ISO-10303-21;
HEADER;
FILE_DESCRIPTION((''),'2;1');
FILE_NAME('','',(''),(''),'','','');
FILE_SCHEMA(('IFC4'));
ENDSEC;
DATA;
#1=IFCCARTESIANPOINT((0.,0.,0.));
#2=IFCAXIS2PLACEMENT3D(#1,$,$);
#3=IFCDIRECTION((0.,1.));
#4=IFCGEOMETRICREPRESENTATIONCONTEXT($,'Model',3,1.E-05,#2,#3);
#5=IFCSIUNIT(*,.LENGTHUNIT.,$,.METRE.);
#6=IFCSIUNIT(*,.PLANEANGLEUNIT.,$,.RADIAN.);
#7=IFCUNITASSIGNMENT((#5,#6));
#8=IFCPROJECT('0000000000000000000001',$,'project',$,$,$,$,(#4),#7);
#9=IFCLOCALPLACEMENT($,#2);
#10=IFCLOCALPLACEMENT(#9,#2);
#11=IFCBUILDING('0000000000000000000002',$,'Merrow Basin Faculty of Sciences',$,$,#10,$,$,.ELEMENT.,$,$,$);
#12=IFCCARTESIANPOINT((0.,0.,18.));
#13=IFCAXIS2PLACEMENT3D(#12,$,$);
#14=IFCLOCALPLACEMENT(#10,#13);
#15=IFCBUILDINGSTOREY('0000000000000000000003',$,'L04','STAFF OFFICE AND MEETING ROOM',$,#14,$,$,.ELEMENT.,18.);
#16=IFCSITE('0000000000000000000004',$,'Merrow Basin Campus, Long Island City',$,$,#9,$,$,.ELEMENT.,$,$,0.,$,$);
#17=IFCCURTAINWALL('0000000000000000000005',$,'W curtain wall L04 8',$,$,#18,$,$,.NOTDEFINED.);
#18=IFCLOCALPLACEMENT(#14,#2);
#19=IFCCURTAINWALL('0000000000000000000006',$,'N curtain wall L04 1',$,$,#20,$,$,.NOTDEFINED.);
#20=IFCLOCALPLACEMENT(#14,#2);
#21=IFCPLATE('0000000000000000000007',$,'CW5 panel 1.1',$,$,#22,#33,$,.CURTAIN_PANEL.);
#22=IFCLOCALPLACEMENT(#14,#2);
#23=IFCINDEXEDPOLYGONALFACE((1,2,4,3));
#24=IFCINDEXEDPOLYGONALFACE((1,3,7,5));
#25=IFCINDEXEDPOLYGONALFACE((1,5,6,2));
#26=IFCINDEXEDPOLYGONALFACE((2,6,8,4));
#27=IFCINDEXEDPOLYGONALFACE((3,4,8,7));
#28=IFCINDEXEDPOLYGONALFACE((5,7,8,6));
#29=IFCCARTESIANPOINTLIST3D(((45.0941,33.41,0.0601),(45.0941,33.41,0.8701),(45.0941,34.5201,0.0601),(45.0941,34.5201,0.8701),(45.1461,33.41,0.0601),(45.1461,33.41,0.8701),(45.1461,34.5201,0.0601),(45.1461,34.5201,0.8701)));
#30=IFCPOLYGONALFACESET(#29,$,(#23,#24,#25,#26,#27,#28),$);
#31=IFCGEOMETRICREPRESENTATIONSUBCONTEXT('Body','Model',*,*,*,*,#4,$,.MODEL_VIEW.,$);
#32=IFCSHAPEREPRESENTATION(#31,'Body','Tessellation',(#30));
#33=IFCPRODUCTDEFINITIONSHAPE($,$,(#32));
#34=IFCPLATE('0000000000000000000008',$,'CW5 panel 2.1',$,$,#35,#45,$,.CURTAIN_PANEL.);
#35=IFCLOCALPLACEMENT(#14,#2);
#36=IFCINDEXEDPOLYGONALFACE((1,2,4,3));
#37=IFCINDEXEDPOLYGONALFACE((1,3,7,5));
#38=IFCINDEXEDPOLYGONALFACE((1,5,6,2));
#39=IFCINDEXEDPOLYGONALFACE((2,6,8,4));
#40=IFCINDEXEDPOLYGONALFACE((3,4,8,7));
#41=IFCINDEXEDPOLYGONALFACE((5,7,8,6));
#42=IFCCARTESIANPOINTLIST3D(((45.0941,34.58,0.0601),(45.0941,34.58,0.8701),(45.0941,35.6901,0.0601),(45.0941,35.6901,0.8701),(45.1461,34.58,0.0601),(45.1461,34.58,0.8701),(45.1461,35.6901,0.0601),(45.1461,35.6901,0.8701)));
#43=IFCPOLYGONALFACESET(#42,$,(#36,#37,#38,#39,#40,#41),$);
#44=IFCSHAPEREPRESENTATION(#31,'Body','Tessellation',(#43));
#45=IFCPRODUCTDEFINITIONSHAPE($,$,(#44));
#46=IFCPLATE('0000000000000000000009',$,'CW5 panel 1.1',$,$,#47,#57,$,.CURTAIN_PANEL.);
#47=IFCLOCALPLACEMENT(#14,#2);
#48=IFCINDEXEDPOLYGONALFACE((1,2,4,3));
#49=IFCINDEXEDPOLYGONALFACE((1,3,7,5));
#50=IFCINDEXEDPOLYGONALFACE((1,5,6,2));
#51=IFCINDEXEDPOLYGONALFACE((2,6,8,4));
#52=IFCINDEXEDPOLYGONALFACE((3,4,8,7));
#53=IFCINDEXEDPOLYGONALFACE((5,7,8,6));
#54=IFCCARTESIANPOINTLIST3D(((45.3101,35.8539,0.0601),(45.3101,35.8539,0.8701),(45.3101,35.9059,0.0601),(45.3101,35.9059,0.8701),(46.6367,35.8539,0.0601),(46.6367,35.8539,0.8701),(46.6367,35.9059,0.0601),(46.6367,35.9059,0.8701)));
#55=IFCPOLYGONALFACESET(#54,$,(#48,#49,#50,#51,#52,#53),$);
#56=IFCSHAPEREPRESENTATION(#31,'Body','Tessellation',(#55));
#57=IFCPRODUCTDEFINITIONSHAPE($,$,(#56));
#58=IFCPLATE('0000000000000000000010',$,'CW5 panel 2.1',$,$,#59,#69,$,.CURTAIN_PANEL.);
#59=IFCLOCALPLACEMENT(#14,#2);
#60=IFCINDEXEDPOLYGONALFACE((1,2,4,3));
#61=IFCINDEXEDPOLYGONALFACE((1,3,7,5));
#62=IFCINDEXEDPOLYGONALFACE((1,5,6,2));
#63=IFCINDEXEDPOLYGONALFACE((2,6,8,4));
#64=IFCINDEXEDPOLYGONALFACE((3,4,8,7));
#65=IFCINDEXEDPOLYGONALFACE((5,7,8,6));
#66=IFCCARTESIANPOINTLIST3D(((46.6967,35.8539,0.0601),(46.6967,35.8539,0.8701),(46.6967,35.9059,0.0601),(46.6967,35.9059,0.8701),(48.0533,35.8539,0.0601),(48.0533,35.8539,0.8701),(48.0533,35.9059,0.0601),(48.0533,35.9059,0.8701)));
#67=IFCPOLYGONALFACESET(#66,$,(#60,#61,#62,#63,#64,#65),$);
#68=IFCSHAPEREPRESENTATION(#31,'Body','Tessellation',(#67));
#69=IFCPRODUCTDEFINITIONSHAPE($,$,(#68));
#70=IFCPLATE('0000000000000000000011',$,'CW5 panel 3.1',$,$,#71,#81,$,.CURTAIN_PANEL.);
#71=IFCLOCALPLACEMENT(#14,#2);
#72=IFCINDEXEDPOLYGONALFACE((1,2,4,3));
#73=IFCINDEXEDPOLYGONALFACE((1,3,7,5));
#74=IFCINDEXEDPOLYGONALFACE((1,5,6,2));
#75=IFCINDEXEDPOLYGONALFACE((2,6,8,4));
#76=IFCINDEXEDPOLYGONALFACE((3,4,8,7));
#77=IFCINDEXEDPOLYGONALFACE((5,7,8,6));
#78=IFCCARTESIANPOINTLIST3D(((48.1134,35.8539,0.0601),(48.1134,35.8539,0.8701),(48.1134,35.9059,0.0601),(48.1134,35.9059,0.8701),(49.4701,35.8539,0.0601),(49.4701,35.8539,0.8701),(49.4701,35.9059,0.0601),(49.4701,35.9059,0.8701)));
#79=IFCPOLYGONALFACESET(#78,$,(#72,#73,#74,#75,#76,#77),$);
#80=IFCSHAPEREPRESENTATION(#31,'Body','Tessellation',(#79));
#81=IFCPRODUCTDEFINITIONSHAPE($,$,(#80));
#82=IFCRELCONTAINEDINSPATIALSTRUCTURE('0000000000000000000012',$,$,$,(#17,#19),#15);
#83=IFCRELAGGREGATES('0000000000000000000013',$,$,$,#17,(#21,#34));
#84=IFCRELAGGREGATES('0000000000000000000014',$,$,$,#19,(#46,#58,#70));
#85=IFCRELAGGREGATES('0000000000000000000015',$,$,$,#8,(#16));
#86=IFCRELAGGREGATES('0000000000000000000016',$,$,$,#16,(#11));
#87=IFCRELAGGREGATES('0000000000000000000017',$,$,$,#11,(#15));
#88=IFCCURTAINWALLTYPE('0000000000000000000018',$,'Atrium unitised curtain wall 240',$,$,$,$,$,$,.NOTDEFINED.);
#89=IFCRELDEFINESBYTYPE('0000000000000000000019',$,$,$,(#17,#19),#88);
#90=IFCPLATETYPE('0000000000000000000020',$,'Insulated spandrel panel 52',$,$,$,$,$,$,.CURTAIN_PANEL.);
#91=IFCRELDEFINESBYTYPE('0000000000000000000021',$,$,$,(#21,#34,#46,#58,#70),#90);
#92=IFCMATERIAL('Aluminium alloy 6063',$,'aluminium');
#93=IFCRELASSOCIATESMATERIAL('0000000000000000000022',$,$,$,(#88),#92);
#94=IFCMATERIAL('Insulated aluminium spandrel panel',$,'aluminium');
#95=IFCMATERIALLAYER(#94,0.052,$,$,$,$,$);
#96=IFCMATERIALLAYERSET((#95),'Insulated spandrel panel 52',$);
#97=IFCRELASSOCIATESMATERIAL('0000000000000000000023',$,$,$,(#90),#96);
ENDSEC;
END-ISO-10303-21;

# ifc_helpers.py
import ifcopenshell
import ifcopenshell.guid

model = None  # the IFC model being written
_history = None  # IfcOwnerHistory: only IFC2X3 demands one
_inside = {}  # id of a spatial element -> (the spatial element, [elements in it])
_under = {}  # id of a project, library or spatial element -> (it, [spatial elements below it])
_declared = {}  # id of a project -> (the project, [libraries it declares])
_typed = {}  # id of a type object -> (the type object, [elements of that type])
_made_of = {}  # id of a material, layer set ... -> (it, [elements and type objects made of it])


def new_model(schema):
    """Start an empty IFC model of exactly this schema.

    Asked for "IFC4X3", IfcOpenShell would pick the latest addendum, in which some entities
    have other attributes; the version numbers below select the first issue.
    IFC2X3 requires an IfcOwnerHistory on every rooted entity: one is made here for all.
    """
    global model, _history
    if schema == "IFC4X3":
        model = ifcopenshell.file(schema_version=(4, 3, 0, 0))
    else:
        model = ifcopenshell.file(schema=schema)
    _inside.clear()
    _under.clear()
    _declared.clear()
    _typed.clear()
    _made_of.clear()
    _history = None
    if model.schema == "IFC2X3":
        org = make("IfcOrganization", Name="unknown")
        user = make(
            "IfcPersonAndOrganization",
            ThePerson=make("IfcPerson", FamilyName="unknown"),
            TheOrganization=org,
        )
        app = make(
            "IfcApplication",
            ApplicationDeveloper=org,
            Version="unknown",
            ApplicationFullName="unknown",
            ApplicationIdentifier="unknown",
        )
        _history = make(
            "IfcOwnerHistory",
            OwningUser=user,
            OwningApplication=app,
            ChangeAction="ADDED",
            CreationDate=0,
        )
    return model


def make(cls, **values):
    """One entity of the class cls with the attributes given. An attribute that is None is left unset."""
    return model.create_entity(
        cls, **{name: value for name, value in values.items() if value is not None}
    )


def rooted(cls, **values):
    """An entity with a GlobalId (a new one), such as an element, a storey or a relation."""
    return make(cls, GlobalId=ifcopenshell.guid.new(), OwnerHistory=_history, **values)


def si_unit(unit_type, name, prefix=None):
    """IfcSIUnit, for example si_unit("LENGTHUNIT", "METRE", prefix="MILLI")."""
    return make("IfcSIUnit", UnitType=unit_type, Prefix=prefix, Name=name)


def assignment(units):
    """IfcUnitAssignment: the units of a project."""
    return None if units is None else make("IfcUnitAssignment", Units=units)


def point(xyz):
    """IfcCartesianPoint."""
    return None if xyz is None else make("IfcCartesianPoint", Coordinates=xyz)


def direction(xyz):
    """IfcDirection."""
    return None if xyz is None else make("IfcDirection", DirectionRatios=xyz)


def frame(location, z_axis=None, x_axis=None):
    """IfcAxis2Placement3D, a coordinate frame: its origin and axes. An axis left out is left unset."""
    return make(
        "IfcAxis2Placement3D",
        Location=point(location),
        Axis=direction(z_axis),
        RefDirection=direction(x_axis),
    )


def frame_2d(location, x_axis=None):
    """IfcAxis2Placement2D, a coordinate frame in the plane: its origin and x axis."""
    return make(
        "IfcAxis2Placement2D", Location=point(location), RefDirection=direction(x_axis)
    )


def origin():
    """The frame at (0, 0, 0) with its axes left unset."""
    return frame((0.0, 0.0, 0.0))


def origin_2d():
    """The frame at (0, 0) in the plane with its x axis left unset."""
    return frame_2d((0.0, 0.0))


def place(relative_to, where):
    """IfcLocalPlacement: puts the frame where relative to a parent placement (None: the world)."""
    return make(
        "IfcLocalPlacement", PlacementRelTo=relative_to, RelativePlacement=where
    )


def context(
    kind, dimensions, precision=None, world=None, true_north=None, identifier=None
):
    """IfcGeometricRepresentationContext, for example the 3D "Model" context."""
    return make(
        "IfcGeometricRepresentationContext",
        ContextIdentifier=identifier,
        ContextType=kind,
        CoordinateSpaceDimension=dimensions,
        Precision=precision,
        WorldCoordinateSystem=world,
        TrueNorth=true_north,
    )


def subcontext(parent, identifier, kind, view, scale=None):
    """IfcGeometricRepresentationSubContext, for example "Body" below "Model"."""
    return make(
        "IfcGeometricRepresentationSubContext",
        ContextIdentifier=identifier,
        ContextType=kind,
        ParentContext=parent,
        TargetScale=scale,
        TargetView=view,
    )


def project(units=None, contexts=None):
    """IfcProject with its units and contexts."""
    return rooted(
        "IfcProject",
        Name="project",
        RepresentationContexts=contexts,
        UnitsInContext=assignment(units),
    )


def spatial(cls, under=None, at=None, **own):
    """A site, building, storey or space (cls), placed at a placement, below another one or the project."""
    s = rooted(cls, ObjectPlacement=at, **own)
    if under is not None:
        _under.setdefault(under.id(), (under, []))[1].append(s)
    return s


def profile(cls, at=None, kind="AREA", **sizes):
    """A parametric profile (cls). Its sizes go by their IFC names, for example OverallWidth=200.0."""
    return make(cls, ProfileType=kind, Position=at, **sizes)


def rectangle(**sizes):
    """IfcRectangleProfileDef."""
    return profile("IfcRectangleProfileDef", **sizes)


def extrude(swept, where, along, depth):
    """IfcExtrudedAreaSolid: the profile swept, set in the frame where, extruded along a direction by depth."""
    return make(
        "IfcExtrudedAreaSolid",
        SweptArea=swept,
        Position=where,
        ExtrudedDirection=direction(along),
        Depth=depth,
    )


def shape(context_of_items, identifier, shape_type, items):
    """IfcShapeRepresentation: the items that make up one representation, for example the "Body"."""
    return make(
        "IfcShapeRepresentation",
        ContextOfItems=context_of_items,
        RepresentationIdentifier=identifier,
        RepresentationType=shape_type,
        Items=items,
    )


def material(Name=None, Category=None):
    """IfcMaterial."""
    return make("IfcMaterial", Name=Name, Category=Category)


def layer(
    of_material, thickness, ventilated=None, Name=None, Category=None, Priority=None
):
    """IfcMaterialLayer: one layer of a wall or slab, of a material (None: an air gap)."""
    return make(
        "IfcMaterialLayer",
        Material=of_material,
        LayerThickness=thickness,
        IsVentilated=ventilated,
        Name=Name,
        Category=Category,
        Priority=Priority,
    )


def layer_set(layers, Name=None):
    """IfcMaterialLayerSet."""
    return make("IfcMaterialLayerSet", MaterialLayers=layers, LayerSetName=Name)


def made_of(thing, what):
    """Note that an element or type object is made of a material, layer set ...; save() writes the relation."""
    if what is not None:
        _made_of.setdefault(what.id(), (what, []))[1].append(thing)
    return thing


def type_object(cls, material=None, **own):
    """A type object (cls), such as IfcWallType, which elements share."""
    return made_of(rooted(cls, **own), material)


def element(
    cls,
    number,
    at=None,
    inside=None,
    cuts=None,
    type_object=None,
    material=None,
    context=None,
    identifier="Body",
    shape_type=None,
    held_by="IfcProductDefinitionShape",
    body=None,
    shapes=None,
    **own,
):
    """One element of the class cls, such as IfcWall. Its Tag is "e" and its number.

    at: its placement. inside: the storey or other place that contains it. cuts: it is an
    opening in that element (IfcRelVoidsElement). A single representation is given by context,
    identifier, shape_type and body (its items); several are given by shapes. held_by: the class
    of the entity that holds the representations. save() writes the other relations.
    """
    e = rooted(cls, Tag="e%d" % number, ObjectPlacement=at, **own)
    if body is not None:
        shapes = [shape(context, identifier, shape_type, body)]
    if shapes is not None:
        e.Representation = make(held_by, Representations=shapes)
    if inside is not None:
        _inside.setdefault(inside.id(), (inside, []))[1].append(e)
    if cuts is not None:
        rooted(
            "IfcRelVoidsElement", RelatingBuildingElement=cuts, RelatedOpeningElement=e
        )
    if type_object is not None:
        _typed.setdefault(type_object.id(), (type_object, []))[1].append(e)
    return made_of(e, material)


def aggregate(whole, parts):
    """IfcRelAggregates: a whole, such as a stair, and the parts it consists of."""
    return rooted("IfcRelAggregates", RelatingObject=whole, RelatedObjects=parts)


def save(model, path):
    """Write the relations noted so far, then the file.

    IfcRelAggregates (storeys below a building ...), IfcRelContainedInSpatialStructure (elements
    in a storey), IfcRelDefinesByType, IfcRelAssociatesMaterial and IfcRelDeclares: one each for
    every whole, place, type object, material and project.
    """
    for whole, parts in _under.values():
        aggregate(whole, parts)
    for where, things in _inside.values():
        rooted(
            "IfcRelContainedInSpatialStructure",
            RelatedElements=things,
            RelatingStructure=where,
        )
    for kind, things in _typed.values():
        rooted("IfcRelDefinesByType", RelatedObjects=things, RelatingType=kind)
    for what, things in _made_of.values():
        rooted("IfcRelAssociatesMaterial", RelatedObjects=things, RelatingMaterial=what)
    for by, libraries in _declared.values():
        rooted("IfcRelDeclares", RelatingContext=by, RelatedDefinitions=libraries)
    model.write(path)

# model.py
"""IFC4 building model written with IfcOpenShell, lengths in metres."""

from ifc_helpers import new_model, si_unit, direction, frame, origin, origin_2d, place, context, subcontext, project, spatial, rectangle, extrude, material, layer, layer_set, type_object, element, aggregate, save


model = new_model("IFC4")

# Units and contexts
model_context = context("Model", 3, precision=1e-05, world=origin(), true_north=direction((0.0, 1.0)))
body_context = subcontext(model_context, "Body", "Model", "MODEL_VIEW")
ifc_project = project(units=[si_unit("LENGTHUNIT", "METRE"), si_unit("PLANEANGLEUNIT", "RADIAN")], contexts=[model_context])

# Site, building, storey
site_placement = place(None, origin())
site = spatial("IfcSite", under=ifc_project, at=site_placement, Name="Merrow Basin Campus, Long Island City", CompositionType="ELEMENT", RefElevation=0.0)
building_placement = place(site_placement, origin())
building = spatial("IfcBuilding", under=site, at=building_placement, Name="Merrow Basin Faculty of Sciences", CompositionType="ELEMENT")
storey_placement = place(building_placement, frame((0.0, 0.0, 18.0)))
storey = spatial("IfcBuildingStorey", under=building, at=storey_placement, Name="L04", Description="STAFF OFFICE AND MEETING ROOM", CompositionType="ELEMENT", Elevation=18.0)

# Curtain walls
ifc_material_1 = material(Name="Aluminium alloy 6063", Category="aluminium")
curtain_wall_type = type_object("IfcCurtainWallType", Name="Atrium unitised curtain wall 240", PredefinedType="NOTDEFINED", material=ifc_material_1)
curtain_wall_1_placement = place(storey_placement, origin())
curtain_wall_1 = element("IfcCurtainWall", 1, at=curtain_wall_1_placement, inside=storey, type_object=curtain_wall_type, Name="W curtain wall L04 8", PredefinedType="NOTDEFINED")
curtain_wall_2_placement = place(storey_placement, origin())
curtain_wall_2 = element("IfcCurtainWall", 2, at=curtain_wall_2_placement, inside=storey, type_object=curtain_wall_type, Name="N curtain wall L04 1", PredefinedType="NOTDEFINED")

# Plates
ifc_material_2 = material(Name="Insulated aluminium spandrel panel", Category="aluminium")
ifc_layer_1 = layer(ifc_material_2, 0.052)
ifc_layer_set_1 = layer_set([ifc_layer_1], Name="Insulated spandrel panel 52")
plate_type_1 = type_object("IfcPlateType", Name="Insulated spandrel panel 52", PredefinedType="CURTAIN_PANEL", material=ifc_layer_set_1)
plate_1_placement = place(storey_placement, frame((45.1201, 33.9651, 0.0601), z_axis=(0.0, 0.0, 1.0), x_axis=(0.0, 1.0, 0.0)))
plate_1 = element("IfcPlate", 3, at=plate_1_placement, type_object=plate_type_1, Name="CW5 panel 1.1", PredefinedType="CURTAIN_PANEL", context=body_context, shape_type="SweptSolid", body=[
    extrude(rectangle(XDim=1.1101, YDim=0.052, at=origin_2d()), origin(), (0.0, 0.0, 1.0), 0.8101),
])
plate_2_placement = place(storey_placement, frame((45.1201, 35.135, 0.0601), z_axis=(0.0, 0.0, 1.0), x_axis=(0.0, 1.0, 0.0)))
plate_2 = element("IfcPlate", 4, at=plate_2_placement, type_object=plate_type_1, Name="CW5 panel 2.1", PredefinedType="CURTAIN_PANEL", context=body_context, shape_type="SweptSolid", body=[
    extrude(rectangle(XDim=1.1101, YDim=0.052, at=origin_2d()), origin(), (0.0, 0.0, 1.0), 0.8101),
])
aggregate(curtain_wall_1, [plate_1, plate_2])
plate_3_placement = place(storey_placement, frame((45.9734, 35.8799, 0.0601), z_axis=(0.0, 0.0, 1.0), x_axis=(1.0, 0.0, 0.0)))
plate_3 = element("IfcPlate", 5, at=plate_3_placement, type_object=plate_type_1, Name="CW5 panel 1.1", PredefinedType="CURTAIN_PANEL", context=body_context, shape_type="SweptSolid", body=[
    extrude(rectangle(XDim=1.3267, YDim=0.052, at=origin_2d()), origin(), (0.0, 0.0, 1.0), 0.8101),
])
plate_4_placement = place(storey_placement, frame((47.375, 35.8799, 0.0601), z_axis=(0.0, 0.0, 1.0), x_axis=(1.0, 0.0, 0.0)))
plate_4 = element("IfcPlate", 6, at=plate_4_placement, type_object=plate_type_1, Name="CW5 panel 2.1", PredefinedType="CURTAIN_PANEL", context=body_context, shape_type="SweptSolid", body=[
    extrude(rectangle(XDim=1.3567, YDim=0.052, at=origin_2d()), origin(), (0.0, 0.0, 1.0), 0.8101),
])
plate_5_placement = place(storey_placement, frame((48.7917, 35.8799, 0.0601), z_axis=(0.0, 0.0, 1.0), x_axis=(1.0, 0.0, 0.0)))
plate_5 = element("IfcPlate", 7, at=plate_5_placement, type_object=plate_type_1, Name="CW5 panel 3.1", PredefinedType="CURTAIN_PANEL", context=body_context, shape_type="SweptSolid", body=[
    extrude(rectangle(XDim=1.3567, YDim=0.052, at=origin_2d()), origin(), (0.0, 0.0, 1.0), 0.8101),
])
aggregate(curtain_wall_2, [plate_3, plate_4, plate_5])

save(model, "model.ifc")
